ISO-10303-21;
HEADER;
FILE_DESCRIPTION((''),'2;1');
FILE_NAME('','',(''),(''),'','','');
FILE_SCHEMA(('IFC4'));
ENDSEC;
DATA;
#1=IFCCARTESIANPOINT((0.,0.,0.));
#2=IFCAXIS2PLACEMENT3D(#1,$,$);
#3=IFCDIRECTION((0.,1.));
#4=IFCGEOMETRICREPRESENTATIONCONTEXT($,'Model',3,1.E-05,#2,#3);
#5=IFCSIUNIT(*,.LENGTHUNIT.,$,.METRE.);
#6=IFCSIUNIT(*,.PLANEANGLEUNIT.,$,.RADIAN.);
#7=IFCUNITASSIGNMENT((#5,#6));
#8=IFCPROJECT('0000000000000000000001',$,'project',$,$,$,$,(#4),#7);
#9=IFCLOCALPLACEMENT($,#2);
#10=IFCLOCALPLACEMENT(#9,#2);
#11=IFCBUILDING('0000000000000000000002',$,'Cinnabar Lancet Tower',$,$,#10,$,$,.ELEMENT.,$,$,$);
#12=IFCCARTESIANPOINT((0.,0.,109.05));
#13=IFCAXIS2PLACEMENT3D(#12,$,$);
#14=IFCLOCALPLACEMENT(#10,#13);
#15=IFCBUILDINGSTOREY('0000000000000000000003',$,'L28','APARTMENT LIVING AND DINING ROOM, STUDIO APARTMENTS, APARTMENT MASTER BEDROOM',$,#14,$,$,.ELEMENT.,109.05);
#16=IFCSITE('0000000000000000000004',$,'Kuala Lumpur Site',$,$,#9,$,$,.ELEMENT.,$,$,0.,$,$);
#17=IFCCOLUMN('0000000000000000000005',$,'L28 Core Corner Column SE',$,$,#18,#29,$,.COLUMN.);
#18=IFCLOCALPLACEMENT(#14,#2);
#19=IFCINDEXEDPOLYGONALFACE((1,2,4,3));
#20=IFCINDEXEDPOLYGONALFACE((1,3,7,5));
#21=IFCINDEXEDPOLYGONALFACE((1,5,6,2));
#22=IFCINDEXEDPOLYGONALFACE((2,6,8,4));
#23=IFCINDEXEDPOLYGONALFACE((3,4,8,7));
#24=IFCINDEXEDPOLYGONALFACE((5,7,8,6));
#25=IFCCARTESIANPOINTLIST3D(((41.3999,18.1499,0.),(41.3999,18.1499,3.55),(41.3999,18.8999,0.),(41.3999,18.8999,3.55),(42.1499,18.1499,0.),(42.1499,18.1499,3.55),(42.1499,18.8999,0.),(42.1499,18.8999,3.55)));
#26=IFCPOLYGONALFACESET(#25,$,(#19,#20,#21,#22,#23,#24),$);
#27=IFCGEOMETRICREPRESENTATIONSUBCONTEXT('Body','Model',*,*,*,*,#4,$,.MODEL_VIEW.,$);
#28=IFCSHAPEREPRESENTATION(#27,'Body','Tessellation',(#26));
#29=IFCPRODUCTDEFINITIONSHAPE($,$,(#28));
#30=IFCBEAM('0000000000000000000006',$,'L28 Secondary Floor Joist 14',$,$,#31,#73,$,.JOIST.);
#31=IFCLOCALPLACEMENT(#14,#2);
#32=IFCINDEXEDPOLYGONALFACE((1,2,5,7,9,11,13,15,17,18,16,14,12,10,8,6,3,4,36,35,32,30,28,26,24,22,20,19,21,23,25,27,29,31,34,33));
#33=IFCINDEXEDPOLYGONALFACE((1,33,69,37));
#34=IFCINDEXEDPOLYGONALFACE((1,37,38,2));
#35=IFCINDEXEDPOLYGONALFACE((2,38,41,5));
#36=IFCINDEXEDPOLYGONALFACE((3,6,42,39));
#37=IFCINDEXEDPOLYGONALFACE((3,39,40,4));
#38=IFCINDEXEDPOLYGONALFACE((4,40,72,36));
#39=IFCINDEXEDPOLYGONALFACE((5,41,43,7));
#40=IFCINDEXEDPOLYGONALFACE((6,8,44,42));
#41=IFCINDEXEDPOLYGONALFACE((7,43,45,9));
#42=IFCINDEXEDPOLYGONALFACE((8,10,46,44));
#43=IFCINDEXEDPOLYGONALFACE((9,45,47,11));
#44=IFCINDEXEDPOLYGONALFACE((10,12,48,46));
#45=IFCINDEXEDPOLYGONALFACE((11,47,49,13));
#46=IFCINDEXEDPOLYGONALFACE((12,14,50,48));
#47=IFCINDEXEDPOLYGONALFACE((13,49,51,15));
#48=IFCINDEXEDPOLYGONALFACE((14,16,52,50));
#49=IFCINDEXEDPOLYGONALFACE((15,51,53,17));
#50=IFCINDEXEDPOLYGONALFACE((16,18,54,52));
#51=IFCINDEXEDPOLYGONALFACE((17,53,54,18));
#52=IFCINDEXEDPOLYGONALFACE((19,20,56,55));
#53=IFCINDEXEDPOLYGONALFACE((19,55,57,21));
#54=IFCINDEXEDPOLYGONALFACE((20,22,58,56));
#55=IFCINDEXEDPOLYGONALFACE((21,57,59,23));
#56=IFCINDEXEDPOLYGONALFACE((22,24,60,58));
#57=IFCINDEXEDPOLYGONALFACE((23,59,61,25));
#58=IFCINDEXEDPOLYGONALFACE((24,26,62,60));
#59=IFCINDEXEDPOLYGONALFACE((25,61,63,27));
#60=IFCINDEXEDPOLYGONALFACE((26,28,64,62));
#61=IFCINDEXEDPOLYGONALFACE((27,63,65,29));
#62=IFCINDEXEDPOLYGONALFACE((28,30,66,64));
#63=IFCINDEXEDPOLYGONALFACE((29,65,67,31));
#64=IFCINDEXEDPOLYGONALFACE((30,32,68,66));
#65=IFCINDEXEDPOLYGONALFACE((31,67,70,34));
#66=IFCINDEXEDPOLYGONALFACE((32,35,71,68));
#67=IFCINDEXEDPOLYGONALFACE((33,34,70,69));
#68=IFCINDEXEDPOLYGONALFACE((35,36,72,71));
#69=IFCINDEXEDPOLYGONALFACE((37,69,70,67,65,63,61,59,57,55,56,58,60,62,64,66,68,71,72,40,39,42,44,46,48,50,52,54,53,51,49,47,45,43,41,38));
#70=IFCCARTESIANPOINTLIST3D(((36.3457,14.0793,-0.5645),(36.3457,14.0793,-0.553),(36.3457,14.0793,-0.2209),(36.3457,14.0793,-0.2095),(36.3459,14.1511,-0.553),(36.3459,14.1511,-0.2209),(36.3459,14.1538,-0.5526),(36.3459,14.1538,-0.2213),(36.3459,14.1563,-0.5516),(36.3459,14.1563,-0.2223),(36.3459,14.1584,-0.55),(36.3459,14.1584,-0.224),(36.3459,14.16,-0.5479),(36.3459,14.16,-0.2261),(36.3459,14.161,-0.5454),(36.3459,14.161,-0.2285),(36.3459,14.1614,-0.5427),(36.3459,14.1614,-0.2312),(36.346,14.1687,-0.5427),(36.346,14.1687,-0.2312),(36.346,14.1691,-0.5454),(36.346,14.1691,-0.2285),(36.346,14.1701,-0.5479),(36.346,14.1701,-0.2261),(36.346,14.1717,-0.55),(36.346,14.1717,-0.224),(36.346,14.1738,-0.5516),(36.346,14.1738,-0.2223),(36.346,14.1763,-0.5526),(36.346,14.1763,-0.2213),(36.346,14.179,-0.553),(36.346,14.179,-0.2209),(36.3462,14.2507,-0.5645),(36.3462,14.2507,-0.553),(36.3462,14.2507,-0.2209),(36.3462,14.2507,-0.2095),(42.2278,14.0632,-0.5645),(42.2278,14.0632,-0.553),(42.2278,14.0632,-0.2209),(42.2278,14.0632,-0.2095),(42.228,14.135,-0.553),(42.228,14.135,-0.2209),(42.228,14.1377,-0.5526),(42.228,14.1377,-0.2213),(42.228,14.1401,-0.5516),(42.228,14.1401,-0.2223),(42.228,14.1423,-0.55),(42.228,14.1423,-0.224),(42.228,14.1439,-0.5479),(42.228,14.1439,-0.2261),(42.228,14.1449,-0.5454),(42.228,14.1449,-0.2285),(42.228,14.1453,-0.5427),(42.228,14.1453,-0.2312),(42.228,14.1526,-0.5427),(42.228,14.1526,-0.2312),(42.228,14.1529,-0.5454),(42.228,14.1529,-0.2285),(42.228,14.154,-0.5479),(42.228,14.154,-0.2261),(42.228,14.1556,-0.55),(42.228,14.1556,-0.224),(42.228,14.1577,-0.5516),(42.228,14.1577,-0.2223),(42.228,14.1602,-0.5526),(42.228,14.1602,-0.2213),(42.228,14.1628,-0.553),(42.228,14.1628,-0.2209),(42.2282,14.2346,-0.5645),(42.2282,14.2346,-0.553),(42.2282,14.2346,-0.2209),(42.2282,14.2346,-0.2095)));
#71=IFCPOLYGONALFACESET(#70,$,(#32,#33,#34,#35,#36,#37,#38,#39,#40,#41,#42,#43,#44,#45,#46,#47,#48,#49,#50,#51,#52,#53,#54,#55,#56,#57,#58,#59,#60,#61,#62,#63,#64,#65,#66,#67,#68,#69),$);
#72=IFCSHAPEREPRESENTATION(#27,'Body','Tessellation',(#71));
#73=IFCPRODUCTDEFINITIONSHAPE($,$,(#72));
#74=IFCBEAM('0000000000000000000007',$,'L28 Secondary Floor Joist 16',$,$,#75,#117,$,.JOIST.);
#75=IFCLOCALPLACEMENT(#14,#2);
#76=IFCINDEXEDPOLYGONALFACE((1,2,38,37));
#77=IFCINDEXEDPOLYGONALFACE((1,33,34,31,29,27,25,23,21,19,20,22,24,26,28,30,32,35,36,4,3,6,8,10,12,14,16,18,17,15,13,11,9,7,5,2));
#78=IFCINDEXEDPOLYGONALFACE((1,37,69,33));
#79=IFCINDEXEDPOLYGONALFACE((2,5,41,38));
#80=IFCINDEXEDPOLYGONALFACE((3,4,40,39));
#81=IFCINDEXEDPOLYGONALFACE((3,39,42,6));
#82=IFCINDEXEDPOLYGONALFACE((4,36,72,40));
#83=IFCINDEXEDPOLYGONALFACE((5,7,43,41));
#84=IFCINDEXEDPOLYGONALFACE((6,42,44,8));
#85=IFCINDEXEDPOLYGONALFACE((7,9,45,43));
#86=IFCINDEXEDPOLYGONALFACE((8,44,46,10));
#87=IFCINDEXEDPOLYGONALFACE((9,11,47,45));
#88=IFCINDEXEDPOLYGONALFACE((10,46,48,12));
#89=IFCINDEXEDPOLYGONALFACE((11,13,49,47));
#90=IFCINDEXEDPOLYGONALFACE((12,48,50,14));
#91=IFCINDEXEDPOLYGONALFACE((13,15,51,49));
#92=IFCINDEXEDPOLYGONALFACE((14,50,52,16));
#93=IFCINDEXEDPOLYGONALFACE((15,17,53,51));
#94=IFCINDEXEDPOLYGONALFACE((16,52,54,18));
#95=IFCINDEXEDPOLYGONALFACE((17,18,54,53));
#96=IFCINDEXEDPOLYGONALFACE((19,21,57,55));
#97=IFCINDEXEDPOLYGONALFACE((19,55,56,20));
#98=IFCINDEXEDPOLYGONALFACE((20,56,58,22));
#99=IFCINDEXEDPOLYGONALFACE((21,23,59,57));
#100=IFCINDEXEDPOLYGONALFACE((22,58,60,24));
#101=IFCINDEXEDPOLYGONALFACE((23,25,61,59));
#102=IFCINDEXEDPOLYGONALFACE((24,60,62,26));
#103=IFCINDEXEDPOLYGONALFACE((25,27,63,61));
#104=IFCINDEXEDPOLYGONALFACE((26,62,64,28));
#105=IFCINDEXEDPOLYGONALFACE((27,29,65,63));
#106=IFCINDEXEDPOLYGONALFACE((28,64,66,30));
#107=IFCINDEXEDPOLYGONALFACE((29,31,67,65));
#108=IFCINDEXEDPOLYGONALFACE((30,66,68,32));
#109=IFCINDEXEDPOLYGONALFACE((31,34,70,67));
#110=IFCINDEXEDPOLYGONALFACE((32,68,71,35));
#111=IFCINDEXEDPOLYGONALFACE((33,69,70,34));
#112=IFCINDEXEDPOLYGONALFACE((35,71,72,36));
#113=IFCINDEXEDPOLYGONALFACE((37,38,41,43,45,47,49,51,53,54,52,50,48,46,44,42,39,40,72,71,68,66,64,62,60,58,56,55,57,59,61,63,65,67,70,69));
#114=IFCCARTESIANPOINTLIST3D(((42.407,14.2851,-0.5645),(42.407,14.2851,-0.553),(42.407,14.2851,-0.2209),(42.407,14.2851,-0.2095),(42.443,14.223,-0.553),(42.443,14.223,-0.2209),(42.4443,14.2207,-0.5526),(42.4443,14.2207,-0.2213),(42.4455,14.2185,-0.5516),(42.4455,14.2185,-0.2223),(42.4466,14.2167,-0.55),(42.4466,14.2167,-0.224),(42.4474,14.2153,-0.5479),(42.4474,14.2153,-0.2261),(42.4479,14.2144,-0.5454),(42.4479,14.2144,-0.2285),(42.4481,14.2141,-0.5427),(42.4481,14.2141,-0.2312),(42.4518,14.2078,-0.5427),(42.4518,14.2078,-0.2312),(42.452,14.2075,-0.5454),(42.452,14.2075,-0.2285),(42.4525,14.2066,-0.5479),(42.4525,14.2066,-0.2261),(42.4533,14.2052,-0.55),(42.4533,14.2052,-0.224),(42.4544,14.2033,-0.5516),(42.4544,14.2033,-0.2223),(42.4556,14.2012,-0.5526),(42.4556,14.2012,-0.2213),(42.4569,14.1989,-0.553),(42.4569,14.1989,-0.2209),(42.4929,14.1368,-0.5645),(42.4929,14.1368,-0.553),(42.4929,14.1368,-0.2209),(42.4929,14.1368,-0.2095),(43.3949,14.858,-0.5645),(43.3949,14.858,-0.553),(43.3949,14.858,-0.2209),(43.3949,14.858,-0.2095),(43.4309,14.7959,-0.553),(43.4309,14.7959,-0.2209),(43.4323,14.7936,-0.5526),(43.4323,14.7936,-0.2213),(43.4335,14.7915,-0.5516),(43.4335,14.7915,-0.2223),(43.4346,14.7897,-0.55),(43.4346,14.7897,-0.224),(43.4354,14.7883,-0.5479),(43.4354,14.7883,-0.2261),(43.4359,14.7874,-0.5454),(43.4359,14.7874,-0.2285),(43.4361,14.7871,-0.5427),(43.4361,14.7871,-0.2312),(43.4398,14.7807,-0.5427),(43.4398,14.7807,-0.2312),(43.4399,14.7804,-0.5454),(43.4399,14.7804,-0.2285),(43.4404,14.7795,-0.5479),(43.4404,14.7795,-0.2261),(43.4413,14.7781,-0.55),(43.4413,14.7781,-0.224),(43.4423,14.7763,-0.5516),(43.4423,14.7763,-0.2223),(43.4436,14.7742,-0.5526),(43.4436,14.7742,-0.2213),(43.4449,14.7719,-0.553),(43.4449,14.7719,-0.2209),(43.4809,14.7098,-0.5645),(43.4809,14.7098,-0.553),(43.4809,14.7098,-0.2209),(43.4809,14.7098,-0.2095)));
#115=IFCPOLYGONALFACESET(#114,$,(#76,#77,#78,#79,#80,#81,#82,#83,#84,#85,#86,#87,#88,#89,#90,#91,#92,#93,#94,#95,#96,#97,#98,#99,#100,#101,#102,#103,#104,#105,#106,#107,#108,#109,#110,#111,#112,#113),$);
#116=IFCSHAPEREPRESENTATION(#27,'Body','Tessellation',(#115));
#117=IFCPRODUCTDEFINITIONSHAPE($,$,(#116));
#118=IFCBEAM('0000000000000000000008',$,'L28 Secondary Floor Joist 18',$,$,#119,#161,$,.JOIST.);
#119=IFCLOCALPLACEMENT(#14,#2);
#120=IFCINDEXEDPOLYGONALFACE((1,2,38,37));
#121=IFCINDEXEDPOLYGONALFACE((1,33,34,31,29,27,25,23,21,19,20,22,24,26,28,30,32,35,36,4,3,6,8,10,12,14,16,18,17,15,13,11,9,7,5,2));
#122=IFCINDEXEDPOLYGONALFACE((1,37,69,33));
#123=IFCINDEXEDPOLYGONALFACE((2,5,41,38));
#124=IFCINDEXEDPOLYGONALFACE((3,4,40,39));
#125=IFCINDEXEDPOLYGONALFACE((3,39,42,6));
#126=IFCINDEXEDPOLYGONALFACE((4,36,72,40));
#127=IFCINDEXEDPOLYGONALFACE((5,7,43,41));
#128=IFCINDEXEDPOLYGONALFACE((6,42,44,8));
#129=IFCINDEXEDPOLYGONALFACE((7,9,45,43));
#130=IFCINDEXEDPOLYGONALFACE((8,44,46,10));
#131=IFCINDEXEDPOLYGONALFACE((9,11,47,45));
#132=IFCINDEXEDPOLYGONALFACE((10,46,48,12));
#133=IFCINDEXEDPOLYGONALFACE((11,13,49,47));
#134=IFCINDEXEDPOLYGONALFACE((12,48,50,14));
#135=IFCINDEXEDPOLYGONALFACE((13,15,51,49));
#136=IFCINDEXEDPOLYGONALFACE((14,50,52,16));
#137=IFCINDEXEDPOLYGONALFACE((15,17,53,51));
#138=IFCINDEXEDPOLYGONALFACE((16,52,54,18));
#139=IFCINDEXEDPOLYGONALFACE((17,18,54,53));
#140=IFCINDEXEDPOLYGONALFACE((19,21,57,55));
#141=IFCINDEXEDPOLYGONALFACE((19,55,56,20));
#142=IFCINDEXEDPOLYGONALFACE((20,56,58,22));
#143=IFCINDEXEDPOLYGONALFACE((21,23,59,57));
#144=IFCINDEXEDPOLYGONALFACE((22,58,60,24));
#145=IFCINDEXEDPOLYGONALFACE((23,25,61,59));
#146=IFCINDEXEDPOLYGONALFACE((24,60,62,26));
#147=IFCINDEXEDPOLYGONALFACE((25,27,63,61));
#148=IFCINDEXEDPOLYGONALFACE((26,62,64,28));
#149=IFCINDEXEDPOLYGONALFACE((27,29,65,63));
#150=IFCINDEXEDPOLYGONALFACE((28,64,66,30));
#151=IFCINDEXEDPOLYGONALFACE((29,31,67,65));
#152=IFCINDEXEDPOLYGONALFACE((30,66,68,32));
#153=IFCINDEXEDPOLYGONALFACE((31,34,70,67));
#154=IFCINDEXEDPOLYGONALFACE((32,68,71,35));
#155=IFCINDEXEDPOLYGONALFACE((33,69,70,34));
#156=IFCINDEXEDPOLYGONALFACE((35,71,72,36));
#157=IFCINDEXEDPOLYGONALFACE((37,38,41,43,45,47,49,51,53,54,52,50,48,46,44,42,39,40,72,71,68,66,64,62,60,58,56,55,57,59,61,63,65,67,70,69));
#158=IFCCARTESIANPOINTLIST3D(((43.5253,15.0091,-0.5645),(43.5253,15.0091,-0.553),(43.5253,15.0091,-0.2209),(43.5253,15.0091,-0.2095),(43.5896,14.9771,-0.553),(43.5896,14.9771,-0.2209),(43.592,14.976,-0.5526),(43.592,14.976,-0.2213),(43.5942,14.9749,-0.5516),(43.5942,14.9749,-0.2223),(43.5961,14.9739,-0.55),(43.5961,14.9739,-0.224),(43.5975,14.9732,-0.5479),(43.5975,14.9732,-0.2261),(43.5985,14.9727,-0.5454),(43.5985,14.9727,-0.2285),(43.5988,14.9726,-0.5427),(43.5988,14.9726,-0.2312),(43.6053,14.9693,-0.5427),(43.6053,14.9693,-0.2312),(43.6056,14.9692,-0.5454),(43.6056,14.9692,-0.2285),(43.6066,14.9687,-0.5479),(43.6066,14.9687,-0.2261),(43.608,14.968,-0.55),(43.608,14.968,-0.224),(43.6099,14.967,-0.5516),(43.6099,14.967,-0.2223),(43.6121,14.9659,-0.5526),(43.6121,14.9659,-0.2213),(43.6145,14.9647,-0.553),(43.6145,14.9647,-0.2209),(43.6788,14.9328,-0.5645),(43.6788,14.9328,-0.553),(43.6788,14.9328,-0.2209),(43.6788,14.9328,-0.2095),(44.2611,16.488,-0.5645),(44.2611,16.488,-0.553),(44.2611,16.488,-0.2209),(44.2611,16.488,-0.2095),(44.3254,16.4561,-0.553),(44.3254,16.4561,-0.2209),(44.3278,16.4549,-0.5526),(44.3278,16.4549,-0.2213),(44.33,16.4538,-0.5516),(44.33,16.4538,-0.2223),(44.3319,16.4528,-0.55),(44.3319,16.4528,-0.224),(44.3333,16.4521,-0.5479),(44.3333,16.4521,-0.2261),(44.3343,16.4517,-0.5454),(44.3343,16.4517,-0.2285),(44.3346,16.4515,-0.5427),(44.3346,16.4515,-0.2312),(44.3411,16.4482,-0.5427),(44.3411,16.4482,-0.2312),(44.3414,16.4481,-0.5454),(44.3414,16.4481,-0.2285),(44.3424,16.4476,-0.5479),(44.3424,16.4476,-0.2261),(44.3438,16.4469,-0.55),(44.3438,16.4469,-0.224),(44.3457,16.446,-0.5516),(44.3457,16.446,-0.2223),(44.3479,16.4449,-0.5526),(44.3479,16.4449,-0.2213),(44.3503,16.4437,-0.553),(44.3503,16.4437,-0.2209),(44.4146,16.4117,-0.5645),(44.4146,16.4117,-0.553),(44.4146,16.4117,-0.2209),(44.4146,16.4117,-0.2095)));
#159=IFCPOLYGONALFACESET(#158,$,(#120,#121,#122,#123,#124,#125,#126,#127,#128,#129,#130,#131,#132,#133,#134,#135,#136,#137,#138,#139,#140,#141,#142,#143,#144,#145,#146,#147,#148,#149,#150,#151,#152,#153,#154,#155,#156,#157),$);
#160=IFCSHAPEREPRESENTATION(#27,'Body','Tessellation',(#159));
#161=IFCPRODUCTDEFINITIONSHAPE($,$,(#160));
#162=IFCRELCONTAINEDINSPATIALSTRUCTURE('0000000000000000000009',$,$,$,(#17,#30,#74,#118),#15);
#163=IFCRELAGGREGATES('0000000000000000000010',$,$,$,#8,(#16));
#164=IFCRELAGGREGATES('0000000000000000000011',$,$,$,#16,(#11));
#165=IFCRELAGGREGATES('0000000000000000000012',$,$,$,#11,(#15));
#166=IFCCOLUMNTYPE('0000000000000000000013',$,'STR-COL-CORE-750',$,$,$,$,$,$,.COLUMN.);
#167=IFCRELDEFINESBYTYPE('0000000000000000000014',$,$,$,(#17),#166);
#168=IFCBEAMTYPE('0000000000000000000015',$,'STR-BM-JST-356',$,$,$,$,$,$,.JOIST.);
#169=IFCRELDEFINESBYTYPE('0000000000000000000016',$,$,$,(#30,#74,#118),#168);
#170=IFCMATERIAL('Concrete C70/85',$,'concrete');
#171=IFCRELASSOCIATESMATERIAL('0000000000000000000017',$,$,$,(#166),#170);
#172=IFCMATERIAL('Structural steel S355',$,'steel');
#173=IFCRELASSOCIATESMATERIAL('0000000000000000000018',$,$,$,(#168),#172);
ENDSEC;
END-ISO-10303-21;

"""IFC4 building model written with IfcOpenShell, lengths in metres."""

from ifc_helpers import new_model, si_unit, direction, frame, origin, origin_2d, place, context, subcontext, project, spatial, rectangle, i_section, extrude, material, material_profile, profile_set, type_object, element, save


model = new_model("IFC4")

# Units and contexts
model_context = context("Model", 3, precision=1e-05, world=origin(), true_north=direction((0.0, 1.0)))
body_context = subcontext(model_context, "Body", "Model", "MODEL_VIEW")
ifc_project = project(units=[si_unit("LENGTHUNIT", "METRE"), si_unit("PLANEANGLEUNIT", "RADIAN")], contexts=[model_context])

# Site, building, storey
site_placement = place(None, origin())
site = spatial("IfcSite", under=ifc_project, at=site_placement, Name="Kuala Lumpur Site", CompositionType="ELEMENT", RefElevation=0.0)
building_placement = place(site_placement, origin())
building = spatial("IfcBuilding", under=site, at=building_placement, Name="Cinnabar Lancet Tower", CompositionType="ELEMENT")
storey_placement = place(building_placement, frame((0.0, 0.0, 109.05)))
storey = spatial("IfcBuildingStorey", under=building, at=storey_placement, Name="L28", Description="APARTMENT LIVING AND DINING ROOM, STUDIO APARTMENTS, APARTMENT MASTER BEDROOM", CompositionType="ELEMENT", Elevation=109.05)

# Column
ifc_material_1 = material(Name="Concrete C70/85", Category="concrete")
ifc_material_profile_1 = material_profile(ifc_material_1, rectangle(XDim=0.75, YDim=0.75, at=origin_2d()), Name="RC-COL 750x750")
ifc_profile_set_1 = profile_set([ifc_material_profile_1], Name="Concrete C70/85")
column_type = type_object("IfcColumnType", Name="STR-COL-CORE-750", PredefinedType="COLUMN", material=ifc_profile_set_1)
column_placement = place(storey_placement, frame((41.7749, 18.5249, 0.0), z_axis=(0.0, 0.0, 1.0), x_axis=(1.0, 0.0, 0.0)))
element("IfcColumn", 1, at=column_placement, inside=storey, type_object=column_type, Name="L28 Core Corner Column SE", PredefinedType="COLUMN", context=body_context, shape_type="SweptSolid", body=[
    extrude(rectangle(XDim=0.75, YDim=0.75, at=origin_2d()), origin(), (0.0, 0.0, 1.0), 3.55),
])

# Beams
ifc_material_2 = material(Name="Structural steel S355", Category="steel")
ifc_material_profile_2 = material_profile(ifc_material_2, i_section(OverallWidth=0.1714, OverallDepth=0.355, WebThickness=0.0073, FlangeThickness=0.0115, FilletRadius=0.0103, at=origin_2d()), Name="UKB 356x171x51")
ifc_profile_set_2 = profile_set([ifc_material_profile_2], Name="Structural steel S355")
beam_type_1 = type_object("IfcBeamType", Name="STR-BM-JST-356", PredefinedType="JOIST", material=ifc_profile_set_2)
beam_1_placement = place(storey_placement, frame((36.3459, 14.165, -0.387), z_axis=(0.999996, -0.002739, 0.0), x_axis=(0.002739, 0.999996, 0.0)))
element("IfcBeam", 2, at=beam_1_placement, inside=storey, type_object=beam_type_1, Name="L28 Secondary Floor Joist 14", PredefinedType="JOIST", context=body_context, shape_type="SweptSolid", body=[
    extrude(i_section(OverallWidth=0.1714, OverallDepth=0.355, WebThickness=0.0073, FlangeThickness=0.0115, FilletRadius=0.0103, at=origin_2d()), origin(), (0.0, 0.0, 1.0), 5.8821),
])
beam_2_placement = place(storey_placement, frame((42.45, 14.2109, -0.387), z_axis=(0.865055, 0.501677, 0.0), x_axis=(-0.501677, 0.865055, 0.0)))
element("IfcBeam", 3, at=beam_2_placement, inside=storey, type_object=beam_type_1, Name="L28 Secondary Floor Joist 16", PredefinedType="JOIST", context=body_context, shape_type="SweptSolid", body=[
    extrude(i_section(OverallWidth=0.1714, OverallDepth=0.355, WebThickness=0.0073, FlangeThickness=0.0115, FilletRadius=0.0103, at=origin_2d()), origin(), (0.0, 0.0, 1.0), 1.1421),
])
beam_3_placement = place(storey_placement, frame((43.6021, 14.9709, -0.387), z_axis=(0.445439, 0.895312, 0.0), x_axis=(-0.895312, 0.445439, 0.0)))
element("IfcBeam", 4, at=beam_3_placement, inside=storey, type_object=beam_type_1, Name="L28 Secondary Floor Joist 18", PredefinedType="JOIST", context=body_context, shape_type="SweptSolid", body=[
    extrude(i_section(OverallWidth=0.1714, OverallDepth=0.355, WebThickness=0.0073, FlangeThickness=0.0115, FilletRadius=0.0103, at=origin_2d()), origin(), (0.0, 0.0, 1.0), 1.6519),
])

save(model, "model.ifc")
